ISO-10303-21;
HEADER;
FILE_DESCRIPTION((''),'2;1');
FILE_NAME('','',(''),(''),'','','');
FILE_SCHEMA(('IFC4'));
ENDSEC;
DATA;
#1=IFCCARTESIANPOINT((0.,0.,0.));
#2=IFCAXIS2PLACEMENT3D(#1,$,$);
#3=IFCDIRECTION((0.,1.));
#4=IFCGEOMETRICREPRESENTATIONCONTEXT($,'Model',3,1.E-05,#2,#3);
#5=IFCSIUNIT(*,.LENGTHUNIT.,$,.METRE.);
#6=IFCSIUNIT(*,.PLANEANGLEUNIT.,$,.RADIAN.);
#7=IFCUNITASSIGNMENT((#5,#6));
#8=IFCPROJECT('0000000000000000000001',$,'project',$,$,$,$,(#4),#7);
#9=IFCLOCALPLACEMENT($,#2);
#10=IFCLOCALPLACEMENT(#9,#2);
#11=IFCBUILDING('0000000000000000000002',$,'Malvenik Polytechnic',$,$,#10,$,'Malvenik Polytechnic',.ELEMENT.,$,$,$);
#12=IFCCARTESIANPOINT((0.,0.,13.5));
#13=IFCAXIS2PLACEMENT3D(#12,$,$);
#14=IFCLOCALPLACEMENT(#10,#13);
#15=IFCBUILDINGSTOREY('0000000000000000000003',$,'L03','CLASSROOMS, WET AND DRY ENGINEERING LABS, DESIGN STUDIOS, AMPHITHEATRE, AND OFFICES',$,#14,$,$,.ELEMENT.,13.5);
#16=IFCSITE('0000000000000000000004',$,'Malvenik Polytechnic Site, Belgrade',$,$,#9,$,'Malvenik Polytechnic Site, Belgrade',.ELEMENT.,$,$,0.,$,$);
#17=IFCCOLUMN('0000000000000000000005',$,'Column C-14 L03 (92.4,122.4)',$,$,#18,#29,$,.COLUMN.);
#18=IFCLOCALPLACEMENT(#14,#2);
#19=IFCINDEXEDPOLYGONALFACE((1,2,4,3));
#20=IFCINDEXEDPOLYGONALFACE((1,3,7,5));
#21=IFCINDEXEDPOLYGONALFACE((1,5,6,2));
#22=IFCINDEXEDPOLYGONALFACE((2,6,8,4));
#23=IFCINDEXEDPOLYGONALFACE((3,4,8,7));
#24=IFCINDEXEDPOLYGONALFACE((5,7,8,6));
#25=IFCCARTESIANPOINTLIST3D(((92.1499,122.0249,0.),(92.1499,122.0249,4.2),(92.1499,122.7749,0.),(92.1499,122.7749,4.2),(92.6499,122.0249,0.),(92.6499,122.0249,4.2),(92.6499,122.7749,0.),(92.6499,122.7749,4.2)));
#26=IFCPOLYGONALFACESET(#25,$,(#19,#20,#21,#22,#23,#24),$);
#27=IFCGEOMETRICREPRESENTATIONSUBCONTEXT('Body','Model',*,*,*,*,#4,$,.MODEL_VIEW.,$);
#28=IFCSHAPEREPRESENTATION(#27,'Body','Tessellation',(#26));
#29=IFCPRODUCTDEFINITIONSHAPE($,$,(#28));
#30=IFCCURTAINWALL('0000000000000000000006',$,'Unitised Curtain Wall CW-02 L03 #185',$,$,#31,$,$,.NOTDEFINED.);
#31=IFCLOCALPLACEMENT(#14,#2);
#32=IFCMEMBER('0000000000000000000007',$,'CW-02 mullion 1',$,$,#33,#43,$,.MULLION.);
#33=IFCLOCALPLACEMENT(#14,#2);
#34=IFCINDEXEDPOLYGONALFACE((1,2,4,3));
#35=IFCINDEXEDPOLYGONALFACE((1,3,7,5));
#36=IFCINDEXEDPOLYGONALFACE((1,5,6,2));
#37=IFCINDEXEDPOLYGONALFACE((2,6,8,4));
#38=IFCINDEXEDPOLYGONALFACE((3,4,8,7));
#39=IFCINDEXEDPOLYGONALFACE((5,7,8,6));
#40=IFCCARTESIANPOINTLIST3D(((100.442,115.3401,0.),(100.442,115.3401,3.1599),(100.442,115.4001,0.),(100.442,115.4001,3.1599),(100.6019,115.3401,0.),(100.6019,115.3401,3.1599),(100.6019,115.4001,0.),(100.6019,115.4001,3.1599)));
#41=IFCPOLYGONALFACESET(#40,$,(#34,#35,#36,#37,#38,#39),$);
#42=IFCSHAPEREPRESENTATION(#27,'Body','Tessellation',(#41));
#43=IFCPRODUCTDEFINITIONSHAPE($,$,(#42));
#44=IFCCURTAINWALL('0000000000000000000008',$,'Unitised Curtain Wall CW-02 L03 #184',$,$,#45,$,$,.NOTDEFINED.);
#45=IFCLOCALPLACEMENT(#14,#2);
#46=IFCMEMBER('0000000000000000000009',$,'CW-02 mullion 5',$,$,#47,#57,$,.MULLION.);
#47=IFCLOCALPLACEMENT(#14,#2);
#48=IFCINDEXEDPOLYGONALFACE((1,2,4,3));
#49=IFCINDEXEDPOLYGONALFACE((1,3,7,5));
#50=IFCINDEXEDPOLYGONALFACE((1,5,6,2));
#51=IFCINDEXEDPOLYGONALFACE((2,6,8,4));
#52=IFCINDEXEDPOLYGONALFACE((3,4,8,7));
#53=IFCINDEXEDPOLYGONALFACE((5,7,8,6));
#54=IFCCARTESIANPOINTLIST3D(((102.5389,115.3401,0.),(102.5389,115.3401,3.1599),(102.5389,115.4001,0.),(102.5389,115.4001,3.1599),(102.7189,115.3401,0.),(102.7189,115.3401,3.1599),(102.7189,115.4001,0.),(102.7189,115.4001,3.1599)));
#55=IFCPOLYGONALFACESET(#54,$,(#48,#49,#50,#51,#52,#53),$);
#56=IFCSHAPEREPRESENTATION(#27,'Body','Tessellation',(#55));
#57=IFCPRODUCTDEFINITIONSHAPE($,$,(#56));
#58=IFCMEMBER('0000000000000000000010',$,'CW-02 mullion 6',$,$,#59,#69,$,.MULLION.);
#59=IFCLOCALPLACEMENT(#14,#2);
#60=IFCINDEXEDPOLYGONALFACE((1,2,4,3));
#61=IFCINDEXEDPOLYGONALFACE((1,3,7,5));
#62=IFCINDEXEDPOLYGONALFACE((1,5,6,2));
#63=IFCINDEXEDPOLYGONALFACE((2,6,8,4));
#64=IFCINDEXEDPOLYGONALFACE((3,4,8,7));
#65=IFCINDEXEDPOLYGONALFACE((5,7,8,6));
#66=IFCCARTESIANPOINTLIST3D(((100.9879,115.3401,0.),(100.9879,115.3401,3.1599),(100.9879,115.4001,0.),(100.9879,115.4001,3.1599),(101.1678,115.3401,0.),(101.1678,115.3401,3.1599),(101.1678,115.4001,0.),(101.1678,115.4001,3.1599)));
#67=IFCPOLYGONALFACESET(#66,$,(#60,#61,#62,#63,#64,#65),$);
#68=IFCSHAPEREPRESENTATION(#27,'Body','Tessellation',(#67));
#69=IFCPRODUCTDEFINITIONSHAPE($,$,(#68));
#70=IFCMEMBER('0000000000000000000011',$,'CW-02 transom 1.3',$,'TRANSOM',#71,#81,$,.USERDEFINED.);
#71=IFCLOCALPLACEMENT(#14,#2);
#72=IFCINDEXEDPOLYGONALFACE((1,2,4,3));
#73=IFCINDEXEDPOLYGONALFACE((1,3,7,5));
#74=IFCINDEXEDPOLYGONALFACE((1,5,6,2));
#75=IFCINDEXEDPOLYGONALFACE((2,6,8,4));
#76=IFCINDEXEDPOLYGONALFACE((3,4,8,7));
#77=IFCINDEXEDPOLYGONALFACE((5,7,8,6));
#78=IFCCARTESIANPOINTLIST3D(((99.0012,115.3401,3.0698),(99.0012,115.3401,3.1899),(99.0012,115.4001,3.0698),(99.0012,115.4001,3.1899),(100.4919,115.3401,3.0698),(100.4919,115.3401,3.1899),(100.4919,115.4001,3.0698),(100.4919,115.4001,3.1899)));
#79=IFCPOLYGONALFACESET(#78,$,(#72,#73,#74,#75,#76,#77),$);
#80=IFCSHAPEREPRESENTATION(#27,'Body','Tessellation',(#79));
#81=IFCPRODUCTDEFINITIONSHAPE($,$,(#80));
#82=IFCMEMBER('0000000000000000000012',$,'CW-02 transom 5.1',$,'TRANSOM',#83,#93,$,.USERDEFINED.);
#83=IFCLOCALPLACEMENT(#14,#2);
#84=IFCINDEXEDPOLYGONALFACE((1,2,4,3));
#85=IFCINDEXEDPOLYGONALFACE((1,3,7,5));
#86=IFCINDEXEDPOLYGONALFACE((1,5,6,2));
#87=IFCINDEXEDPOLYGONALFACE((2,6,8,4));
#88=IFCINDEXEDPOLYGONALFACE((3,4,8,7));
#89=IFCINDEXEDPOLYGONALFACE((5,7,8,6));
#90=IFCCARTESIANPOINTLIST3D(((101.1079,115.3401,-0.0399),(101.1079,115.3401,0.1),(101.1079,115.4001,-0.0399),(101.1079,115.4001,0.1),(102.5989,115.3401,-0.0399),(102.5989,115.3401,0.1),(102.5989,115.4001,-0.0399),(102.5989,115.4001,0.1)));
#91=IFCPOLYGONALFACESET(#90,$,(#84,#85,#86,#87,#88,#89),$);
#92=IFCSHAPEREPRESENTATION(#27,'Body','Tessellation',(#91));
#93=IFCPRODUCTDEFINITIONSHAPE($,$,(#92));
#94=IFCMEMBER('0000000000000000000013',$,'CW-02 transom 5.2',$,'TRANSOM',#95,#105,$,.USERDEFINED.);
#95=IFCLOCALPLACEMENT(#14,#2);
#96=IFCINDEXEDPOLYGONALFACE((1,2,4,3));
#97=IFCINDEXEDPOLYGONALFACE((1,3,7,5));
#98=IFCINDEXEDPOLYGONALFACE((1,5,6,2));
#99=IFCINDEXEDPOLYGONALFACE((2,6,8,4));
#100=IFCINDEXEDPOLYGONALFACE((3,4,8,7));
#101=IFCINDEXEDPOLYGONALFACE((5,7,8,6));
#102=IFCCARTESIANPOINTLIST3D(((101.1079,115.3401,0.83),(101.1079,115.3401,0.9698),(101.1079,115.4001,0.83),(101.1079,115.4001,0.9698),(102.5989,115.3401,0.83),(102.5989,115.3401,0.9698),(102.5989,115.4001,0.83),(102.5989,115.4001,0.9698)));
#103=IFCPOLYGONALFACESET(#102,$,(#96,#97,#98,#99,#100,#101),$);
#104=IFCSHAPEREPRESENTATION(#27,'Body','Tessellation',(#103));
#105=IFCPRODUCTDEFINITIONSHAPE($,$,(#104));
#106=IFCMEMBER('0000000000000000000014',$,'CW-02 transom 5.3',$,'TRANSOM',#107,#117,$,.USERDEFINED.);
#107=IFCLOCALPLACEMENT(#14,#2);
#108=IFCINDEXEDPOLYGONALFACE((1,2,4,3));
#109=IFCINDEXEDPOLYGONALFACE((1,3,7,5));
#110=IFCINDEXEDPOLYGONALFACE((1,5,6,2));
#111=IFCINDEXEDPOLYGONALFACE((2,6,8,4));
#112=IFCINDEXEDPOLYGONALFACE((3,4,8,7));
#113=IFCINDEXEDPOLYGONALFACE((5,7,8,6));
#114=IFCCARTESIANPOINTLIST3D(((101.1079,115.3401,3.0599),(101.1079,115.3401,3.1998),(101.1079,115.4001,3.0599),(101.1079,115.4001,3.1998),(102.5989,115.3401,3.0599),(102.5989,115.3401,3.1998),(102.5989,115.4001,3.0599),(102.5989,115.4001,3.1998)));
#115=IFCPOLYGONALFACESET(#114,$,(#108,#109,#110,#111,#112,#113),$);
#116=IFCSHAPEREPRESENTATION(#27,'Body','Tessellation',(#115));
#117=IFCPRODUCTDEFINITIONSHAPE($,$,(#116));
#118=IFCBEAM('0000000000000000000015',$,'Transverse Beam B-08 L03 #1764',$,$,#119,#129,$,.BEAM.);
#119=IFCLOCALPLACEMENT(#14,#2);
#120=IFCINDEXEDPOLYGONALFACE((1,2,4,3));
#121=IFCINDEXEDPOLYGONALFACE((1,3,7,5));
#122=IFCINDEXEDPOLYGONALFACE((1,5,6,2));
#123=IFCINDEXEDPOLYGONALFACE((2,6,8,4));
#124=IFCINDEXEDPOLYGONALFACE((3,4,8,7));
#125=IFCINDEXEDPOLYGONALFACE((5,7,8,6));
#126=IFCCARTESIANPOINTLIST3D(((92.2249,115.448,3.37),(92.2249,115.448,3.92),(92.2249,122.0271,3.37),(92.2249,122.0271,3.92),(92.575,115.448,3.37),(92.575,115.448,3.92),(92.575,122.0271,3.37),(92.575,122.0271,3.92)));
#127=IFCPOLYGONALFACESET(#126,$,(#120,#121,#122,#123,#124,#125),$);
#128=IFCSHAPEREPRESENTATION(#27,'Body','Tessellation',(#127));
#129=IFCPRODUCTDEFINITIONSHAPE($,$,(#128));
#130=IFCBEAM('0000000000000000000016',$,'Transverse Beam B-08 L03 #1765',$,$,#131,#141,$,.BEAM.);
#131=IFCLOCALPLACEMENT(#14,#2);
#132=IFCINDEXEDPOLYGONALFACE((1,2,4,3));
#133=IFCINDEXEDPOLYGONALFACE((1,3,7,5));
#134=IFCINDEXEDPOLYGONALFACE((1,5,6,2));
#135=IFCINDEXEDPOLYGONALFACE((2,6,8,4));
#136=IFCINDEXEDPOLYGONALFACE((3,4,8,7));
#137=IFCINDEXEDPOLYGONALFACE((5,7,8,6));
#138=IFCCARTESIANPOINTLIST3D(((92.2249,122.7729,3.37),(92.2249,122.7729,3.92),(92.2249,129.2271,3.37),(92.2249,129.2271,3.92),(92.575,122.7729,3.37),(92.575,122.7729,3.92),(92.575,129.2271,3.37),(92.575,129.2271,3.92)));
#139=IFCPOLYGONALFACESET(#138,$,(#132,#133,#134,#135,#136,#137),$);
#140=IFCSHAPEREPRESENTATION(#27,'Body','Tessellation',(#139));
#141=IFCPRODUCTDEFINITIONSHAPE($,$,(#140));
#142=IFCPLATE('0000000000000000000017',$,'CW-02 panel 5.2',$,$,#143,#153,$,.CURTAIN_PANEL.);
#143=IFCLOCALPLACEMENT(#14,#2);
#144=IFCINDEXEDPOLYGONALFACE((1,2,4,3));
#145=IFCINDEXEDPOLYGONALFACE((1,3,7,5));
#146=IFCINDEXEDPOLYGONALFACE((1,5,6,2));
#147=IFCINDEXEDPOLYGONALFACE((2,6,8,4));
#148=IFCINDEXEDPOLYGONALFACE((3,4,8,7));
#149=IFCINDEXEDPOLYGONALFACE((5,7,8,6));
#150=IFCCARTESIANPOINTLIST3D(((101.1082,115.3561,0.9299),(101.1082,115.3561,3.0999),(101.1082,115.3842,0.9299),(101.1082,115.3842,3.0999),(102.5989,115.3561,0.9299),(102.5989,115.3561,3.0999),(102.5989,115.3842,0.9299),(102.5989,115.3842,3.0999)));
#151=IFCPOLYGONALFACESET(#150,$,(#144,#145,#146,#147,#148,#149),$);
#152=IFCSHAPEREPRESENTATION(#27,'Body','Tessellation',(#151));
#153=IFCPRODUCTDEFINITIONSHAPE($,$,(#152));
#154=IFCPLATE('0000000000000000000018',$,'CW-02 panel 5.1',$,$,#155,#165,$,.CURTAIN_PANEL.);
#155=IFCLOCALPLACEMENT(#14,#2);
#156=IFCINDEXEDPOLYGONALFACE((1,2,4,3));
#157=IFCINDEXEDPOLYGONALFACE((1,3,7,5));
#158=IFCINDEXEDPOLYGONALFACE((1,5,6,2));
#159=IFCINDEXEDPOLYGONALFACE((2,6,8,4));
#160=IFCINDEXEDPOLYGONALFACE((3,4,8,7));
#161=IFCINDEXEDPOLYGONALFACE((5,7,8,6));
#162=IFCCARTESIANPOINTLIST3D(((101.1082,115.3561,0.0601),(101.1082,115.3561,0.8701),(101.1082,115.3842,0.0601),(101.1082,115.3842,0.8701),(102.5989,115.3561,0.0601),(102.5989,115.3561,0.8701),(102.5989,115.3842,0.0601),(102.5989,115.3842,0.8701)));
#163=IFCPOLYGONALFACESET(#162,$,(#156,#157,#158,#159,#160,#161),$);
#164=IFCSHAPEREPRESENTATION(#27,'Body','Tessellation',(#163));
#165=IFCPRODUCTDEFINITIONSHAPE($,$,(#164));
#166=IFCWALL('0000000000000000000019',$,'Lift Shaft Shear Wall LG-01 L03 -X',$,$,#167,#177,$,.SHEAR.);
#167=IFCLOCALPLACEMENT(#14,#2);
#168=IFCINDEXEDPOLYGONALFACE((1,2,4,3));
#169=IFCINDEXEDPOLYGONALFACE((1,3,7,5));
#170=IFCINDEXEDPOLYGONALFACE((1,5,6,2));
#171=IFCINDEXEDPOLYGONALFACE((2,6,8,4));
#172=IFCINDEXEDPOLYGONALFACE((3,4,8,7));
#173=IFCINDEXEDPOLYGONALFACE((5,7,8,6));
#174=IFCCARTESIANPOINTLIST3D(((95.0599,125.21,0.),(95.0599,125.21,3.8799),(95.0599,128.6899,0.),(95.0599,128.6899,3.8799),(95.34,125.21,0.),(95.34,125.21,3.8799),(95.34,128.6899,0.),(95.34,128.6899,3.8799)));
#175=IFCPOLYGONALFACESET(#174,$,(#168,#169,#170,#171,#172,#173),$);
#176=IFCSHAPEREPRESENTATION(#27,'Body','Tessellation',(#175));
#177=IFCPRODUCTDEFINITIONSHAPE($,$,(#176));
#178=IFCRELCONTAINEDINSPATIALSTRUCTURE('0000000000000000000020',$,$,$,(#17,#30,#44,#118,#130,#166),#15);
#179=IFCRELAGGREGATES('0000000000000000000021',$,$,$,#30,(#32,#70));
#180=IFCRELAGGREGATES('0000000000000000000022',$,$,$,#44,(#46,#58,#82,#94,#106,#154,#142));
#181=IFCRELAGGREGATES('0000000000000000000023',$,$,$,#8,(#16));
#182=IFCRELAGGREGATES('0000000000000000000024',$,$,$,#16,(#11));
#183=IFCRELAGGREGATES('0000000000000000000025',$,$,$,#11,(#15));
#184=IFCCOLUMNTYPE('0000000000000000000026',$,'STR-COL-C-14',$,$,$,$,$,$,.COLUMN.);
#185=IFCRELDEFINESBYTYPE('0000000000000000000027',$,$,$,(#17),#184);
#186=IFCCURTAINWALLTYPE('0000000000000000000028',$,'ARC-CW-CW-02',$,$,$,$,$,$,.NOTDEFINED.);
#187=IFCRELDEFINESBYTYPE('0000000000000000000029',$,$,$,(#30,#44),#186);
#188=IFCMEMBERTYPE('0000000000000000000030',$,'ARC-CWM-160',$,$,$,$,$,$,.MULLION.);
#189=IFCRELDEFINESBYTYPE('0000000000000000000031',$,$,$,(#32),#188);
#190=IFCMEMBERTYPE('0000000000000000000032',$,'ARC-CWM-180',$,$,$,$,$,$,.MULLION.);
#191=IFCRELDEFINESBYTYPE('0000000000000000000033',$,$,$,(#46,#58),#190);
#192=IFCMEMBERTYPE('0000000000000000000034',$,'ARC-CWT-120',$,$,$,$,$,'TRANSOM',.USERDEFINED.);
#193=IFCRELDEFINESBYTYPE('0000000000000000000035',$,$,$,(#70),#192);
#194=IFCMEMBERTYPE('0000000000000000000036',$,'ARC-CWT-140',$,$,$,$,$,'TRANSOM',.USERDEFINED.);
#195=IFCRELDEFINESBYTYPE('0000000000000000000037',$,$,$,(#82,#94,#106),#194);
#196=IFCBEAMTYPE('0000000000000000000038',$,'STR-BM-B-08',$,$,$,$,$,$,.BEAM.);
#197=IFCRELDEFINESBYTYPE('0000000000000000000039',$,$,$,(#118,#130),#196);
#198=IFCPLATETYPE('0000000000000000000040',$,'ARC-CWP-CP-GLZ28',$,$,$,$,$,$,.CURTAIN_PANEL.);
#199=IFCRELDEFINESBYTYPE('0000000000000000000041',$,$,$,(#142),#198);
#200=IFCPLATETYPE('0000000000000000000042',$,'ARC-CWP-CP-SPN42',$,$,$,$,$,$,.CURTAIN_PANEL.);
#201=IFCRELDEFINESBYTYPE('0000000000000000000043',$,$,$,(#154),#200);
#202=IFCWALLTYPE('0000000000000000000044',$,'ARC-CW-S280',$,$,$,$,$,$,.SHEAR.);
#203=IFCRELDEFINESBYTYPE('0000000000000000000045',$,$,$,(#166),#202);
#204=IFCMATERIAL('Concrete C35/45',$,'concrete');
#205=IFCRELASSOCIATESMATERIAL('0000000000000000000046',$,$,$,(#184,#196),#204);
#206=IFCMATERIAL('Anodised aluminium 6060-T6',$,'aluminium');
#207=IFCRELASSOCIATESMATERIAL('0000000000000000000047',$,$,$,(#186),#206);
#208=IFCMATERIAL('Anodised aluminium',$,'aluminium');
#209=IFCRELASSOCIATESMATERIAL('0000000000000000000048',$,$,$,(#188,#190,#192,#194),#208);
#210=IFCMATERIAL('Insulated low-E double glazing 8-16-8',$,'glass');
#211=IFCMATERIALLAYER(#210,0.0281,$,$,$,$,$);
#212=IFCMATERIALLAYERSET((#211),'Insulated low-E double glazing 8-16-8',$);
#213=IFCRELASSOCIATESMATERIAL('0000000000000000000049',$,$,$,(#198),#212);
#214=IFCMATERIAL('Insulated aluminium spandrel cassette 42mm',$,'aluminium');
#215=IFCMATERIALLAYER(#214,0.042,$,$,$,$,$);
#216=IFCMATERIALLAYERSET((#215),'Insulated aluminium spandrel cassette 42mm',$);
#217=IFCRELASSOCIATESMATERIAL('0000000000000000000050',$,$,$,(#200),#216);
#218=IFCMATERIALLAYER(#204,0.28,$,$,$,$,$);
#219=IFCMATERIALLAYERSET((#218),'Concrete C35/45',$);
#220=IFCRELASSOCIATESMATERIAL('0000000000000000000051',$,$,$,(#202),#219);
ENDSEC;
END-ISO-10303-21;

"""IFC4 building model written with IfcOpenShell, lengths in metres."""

from ifc_helpers import new_model, si_unit, direction, frame, frame_2d, origin, origin_2d, place, context, subcontext, project, spatial, rectangle, extrude, material, layer, layer_set, material_profile, profile_set, type_object, element, aggregate, save


model = new_model("IFC4")

# Units and contexts
model_context = context("Model", 3, precision=1e-05, world=origin(), true_north=direction((0.0, 1.0)))
body_context = subcontext(model_context, "Body", "Model", "MODEL_VIEW")
ifc_project = project(units=[si_unit("LENGTHUNIT", "METRE"), si_unit("PLANEANGLEUNIT", "RADIAN")], contexts=[model_context])

# Site, building, storey
site_placement = place(None, origin())
site = spatial("IfcSite", under=ifc_project, at=site_placement, Name="Malvenik Polytechnic Site, Belgrade", LongName="Malvenik Polytechnic Site, Belgrade", CompositionType="ELEMENT", RefElevation=0.0)
building_placement = place(site_placement, origin())
building = spatial("IfcBuilding", under=site, at=building_placement, Name="Malvenik Polytechnic", LongName="Malvenik Polytechnic", CompositionType="ELEMENT")
storey_placement = place(building_placement, frame((0.0, 0.0, 13.5)))
storey = spatial("IfcBuildingStorey", under=building, at=storey_placement, Name="L03", Description="CLASSROOMS, WET AND DRY ENGINEERING LABS, DESIGN STUDIOS, AMPHITHEATRE, AND OFFICES", CompositionType="ELEMENT", Elevation=13.5)

# Column
ifc_material_1 = material(Name="Concrete C35/45", Category="concrete")
ifc_material_profile_1 = material_profile(ifc_material_1, rectangle(XDim=0.5, YDim=0.75, at=origin_2d()), Name="RC COL 750x500")
ifc_profile_set_1 = profile_set([ifc_material_profile_1], Name="Concrete C35/45")
column_type = type_object("IfcColumnType", Name="STR-COL-C-14", PredefinedType="COLUMN", material=ifc_profile_set_1)
column_placement = place(storey_placement, frame((92.3999, 122.3999, 0.0), z_axis=(0.0, 0.0, 1.0), x_axis=(1.0, 0.0, 0.0)))
element("IfcColumn", 1, at=column_placement, inside=storey, type_object=column_type, Name="Column C-14 L03 (92.4,122.4)", PredefinedType="COLUMN", context=body_context, shape_type="SweptSolid", body=[
    extrude(rectangle(XDim=0.5, YDim=0.75, at=origin_2d()), origin(), (0.0, 0.0, 1.0), 4.2),
])

# Curtain wall, member
ifc_material_2 = material(Name="Anodised aluminium 6060-T6", Category="aluminium")
curtain_wall_type = type_object("IfcCurtainWallType", Name="ARC-CW-CW-02", PredefinedType="NOTDEFINED", material=ifc_material_2)
curtain_wall_1_placement = place(storey_placement, origin())
curtain_wall_1 = element("IfcCurtainWall", 2, at=curtain_wall_1_placement, inside=storey, type_object=curtain_wall_type, Name="Unitised Curtain Wall CW-02 L03 #185", PredefinedType="NOTDEFINED")
ifc_material_3 = material(Name="Anodised aluminium", Category="aluminium")
ifc_material_profile_2 = material_profile(ifc_material_3, rectangle(XDim=0.0601, YDim=0.1599, at=origin_2d()), Name="ALU MULLION 60x160")
ifc_profile_set_2 = profile_set([ifc_material_profile_2], Name="Anodised aluminium")
member_type_1 = type_object("IfcMemberType", Name="ARC-CWM-160", PredefinedType="MULLION", material=ifc_profile_set_2)
member_1_placement = place(storey_placement, frame((100.522, 115.3701, 0.0), z_axis=(0.0, 0.0, 1.0), x_axis=(0.0, -1.0, 0.0)))
member_1 = element("IfcMember", 3, at=member_1_placement, type_object=member_type_1, Name="CW-02 mullion 1", PredefinedType="MULLION", context=body_context, shape_type="SweptSolid", body=[
    extrude(rectangle(XDim=0.0601, YDim=0.1599, at=origin_2d()), origin(), (0.0, 0.0, 1.0), 3.1599),
])

# Curtain wall, members
curtain_wall_2_placement = place(storey_placement, origin())
curtain_wall_2 = element("IfcCurtainWall", 4, at=curtain_wall_2_placement, inside=storey, type_object=curtain_wall_type, Name="Unitised Curtain Wall CW-02 L03 #184", PredefinedType="NOTDEFINED")
ifc_material_profile_3 = material_profile(ifc_material_3, rectangle(XDim=0.0601, YDim=0.1799, at=origin_2d()), Name="ALU MULLION 60x180")
ifc_profile_set_3 = profile_set([ifc_material_profile_3], Name="Anodised aluminium")
member_type_2 = type_object("IfcMemberType", Name="ARC-CWM-180", PredefinedType="MULLION", material=ifc_profile_set_3)
member_2_placement = place(storey_placement, frame((102.6289, 115.3701, 0.0), z_axis=(0.0, 0.0, 1.0), x_axis=(0.0, -1.0, 0.0)))
member_2 = element("IfcMember", 5, at=member_2_placement, type_object=member_type_2, Name="CW-02 mullion 5", PredefinedType="MULLION", context=body_context, shape_type="SweptSolid", body=[
    extrude(rectangle(XDim=0.0601, YDim=0.1799, at=origin_2d()), origin(), (0.0, 0.0, 1.0), 3.1599),
])
member_3_placement = place(storey_placement, frame((101.0779, 115.3701, 0.0), z_axis=(0.0, 0.0, 1.0), x_axis=(0.0, -1.0, 0.0)))
member_3 = element("IfcMember", 6, at=member_3_placement, type_object=member_type_2, Name="CW-02 mullion 6", PredefinedType="MULLION", context=body_context, shape_type="SweptSolid", body=[
    extrude(rectangle(XDim=0.0601, YDim=0.1799, at=origin_2d()), origin(), (0.0, 0.0, 1.0), 3.1599),
])

# Members
ifc_material_profile_4 = material_profile(ifc_material_3, rectangle(XDim=0.0601, YDim=0.1201, at=origin_2d()), Name="ALU TRANSOM 60x120")
ifc_profile_set_4 = profile_set([ifc_material_profile_4], Name="Anodised aluminium")
member_type_3 = type_object("IfcMemberType", Name="ARC-CWT-120", ElementType="TRANSOM", PredefinedType="USERDEFINED", material=ifc_profile_set_4)
member_4_placement = place(storey_placement, frame((100.4919, 115.3701, 3.1299), z_axis=(-1.0, 0.0, 0.0), x_axis=(0.0, -1.0, 0.0)))
member_4 = element("IfcMember", 7, at=member_4_placement, type_object=member_type_3, Name="CW-02 transom 1.3", ObjectType="TRANSOM", PredefinedType="USERDEFINED", context=body_context, shape_type="SweptSolid", body=[
    extrude(rectangle(XDim=0.0601, YDim=0.1201, at=origin_2d()), origin(), (0.0, 0.0, 1.0), 1.4907),
])
aggregate(curtain_wall_1, [member_1, member_4])
ifc_material_profile_5 = material_profile(ifc_material_3, rectangle(XDim=0.0601, YDim=0.1399, at=origin_2d()), Name="ALU TRANSOM 60x140")
ifc_profile_set_5 = profile_set([ifc_material_profile_5], Name="Anodised aluminium")
member_type_4 = type_object("IfcMemberType", Name="ARC-CWT-140", ElementType="TRANSOM", PredefinedType="USERDEFINED", material=ifc_profile_set_5)
member_5_placement = place(storey_placement, frame((102.5989, 115.3701, 0.03), z_axis=(-1.0, 0.0, 0.0), x_axis=(0.0, -1.0, 0.0)))
member_5 = element("IfcMember", 8, at=member_5_placement, type_object=member_type_4, Name="CW-02 transom 5.1", ObjectType="TRANSOM", PredefinedType="USERDEFINED", context=body_context, shape_type="SweptSolid", body=[
    extrude(rectangle(XDim=0.0601, YDim=0.1399, at=origin_2d()), origin(), (0.0, 0.0, 1.0), 1.491),
])
member_6_placement = place(storey_placement, frame((102.5989, 115.3701, 0.8999), z_axis=(-1.0, 0.0, 0.0), x_axis=(0.0, -1.0, 0.0)))
member_6 = element("IfcMember", 9, at=member_6_placement, type_object=member_type_4, Name="CW-02 transom 5.2", ObjectType="TRANSOM", PredefinedType="USERDEFINED", context=body_context, shape_type="SweptSolid", body=[
    extrude(rectangle(XDim=0.0601, YDim=0.1399, at=origin_2d()), origin(), (0.0, 0.0, 1.0), 1.491),
])
member_7_placement = place(storey_placement, frame((102.5989, 115.3701, 3.1299), z_axis=(-1.0, 0.0, 0.0), x_axis=(0.0, -1.0, 0.0)))
member_7 = element("IfcMember", 10, at=member_7_placement, type_object=member_type_4, Name="CW-02 transom 5.3", ObjectType="TRANSOM", PredefinedType="USERDEFINED", context=body_context, shape_type="SweptSolid", body=[
    extrude(rectangle(XDim=0.0601, YDim=0.1399, at=origin_2d()), origin(), (0.0, 0.0, 1.0), 1.491),
])

# Beams
ifc_material_profile_6 = material_profile(ifc_material_1, rectangle(XDim=0.3501, YDim=0.55, at=origin_2d()), Name="RC BM 350x550")
ifc_profile_set_6 = profile_set([ifc_material_profile_6], Name="Concrete C35/45")
beam_type = type_object("IfcBeamType", Name="STR-BM-B-08", PredefinedType="BEAM", material=ifc_profile_set_6)
beam_1_placement = place(storey_placement, frame((92.3999, 115.448, 3.645), z_axis=(0.0, 1.0, 0.0), x_axis=(-1.0, 0.0, 0.0)))
element("IfcBeam", 11, at=beam_1_placement, inside=storey, type_object=beam_type, Name="Transverse Beam B-08 L03 #1764", PredefinedType="BEAM", context=body_context, shape_type="SweptSolid", body=[
    extrude(rectangle(XDim=0.3501, YDim=0.55, at=origin_2d()), origin(), (0.0, 0.0, 1.0), 6.5791),
])
beam_2_placement = place(storey_placement, frame((92.3999, 122.7729, 3.645), z_axis=(0.0, 1.0, 0.0), x_axis=(-1.0, 0.0, 0.0)))
element("IfcBeam", 12, at=beam_2_placement, inside=storey, type_object=beam_type, Name="Transverse Beam B-08 L03 #1765", PredefinedType="BEAM", context=body_context, shape_type="SweptSolid", body=[
    extrude(rectangle(XDim=0.3501, YDim=0.55, at=origin_2d()), origin(), (0.0, 0.0, 1.0), 6.4541),
])

# Plates
ifc_material_4 = material(Name="Insulated low-E double glazing 8-16-8", Category="glass")
ifc_layer_1 = layer(ifc_material_4, 0.0281)
ifc_layer_set_1 = layer_set([ifc_layer_1], Name="Insulated low-E double glazing 8-16-8")
plate_type_1 = type_object("IfcPlateType", Name="ARC-CWP-CP-GLZ28", PredefinedType="CURTAIN_PANEL", material=ifc_layer_set_1)
plate_1_placement = place(storey_placement, frame((101.8535, 115.3701, 0.9299), z_axis=(0.0, 0.0, 1.0), x_axis=(-1.0, 0.0, 0.0)))
plate_1 = element("IfcPlate", 13, at=plate_1_placement, type_object=plate_type_1, Name="CW-02 panel 5.2", PredefinedType="CURTAIN_PANEL", context=body_context, shape_type="SweptSolid", body=[
    extrude(rectangle(XDim=1.4907, YDim=0.0281, at=origin_2d()), origin(), (0.0, 0.0, 1.0), 2.1699),
])
ifc_material_5 = material(Name="Insulated aluminium spandrel cassette 42mm", Category="aluminium")
ifc_layer_2 = layer(ifc_material_5, 0.042)
ifc_layer_set_2 = layer_set([ifc_layer_2], Name="Insulated aluminium spandrel cassette 42mm")
plate_type_2 = type_object("IfcPlateType", Name="ARC-CWP-CP-SPN42", PredefinedType="CURTAIN_PANEL", material=ifc_layer_set_2)
plate_2_placement = place(storey_placement, frame((101.8535, 115.3701, 0.0601), z_axis=(0.0, 0.0, 1.0), x_axis=(-1.0, 0.0, 0.0)))
plate_2 = element("IfcPlate", 14, at=plate_2_placement, type_object=plate_type_2, Name="CW-02 panel 5.1", PredefinedType="CURTAIN_PANEL", context=body_context, shape_type="SweptSolid", body=[
    extrude(rectangle(XDim=1.4907, YDim=0.0281, at=origin_2d()), origin(), (0.0, 0.0, 1.0), 0.8101),
])
aggregate(curtain_wall_2, [member_2, member_3, member_5, member_6, member_7, plate_2, plate_1])

# Wall
ifc_layer_3 = layer(ifc_material_1, 0.28)
ifc_layer_set_3 = layer_set([ifc_layer_3], Name="Concrete C35/45")
wall_type_1 = type_object("IfcWallType", Name="ARC-CW-S280", PredefinedType="SHEAR", material=ifc_layer_set_3)
wall_1_placement = place(storey_placement, frame((95.2, 125.21, 0.0), z_axis=(0.0, 0.0, 1.0), x_axis=(0.0, 1.0, 0.0)))
element("IfcWall", 15, at=wall_1_placement, inside=storey, type_object=wall_type_1, Name="Lift Shaft Shear Wall LG-01 L03 -X", PredefinedType="SHEAR", context=body_context, shape_type="SweptSolid", body=[
    extrude(rectangle(XDim=3.48, YDim=0.28, at=frame_2d((1.74, 0.0))), origin(), (0.0, 0.0, 1.0), 3.8799),
])

save(model, "model.ifc")
